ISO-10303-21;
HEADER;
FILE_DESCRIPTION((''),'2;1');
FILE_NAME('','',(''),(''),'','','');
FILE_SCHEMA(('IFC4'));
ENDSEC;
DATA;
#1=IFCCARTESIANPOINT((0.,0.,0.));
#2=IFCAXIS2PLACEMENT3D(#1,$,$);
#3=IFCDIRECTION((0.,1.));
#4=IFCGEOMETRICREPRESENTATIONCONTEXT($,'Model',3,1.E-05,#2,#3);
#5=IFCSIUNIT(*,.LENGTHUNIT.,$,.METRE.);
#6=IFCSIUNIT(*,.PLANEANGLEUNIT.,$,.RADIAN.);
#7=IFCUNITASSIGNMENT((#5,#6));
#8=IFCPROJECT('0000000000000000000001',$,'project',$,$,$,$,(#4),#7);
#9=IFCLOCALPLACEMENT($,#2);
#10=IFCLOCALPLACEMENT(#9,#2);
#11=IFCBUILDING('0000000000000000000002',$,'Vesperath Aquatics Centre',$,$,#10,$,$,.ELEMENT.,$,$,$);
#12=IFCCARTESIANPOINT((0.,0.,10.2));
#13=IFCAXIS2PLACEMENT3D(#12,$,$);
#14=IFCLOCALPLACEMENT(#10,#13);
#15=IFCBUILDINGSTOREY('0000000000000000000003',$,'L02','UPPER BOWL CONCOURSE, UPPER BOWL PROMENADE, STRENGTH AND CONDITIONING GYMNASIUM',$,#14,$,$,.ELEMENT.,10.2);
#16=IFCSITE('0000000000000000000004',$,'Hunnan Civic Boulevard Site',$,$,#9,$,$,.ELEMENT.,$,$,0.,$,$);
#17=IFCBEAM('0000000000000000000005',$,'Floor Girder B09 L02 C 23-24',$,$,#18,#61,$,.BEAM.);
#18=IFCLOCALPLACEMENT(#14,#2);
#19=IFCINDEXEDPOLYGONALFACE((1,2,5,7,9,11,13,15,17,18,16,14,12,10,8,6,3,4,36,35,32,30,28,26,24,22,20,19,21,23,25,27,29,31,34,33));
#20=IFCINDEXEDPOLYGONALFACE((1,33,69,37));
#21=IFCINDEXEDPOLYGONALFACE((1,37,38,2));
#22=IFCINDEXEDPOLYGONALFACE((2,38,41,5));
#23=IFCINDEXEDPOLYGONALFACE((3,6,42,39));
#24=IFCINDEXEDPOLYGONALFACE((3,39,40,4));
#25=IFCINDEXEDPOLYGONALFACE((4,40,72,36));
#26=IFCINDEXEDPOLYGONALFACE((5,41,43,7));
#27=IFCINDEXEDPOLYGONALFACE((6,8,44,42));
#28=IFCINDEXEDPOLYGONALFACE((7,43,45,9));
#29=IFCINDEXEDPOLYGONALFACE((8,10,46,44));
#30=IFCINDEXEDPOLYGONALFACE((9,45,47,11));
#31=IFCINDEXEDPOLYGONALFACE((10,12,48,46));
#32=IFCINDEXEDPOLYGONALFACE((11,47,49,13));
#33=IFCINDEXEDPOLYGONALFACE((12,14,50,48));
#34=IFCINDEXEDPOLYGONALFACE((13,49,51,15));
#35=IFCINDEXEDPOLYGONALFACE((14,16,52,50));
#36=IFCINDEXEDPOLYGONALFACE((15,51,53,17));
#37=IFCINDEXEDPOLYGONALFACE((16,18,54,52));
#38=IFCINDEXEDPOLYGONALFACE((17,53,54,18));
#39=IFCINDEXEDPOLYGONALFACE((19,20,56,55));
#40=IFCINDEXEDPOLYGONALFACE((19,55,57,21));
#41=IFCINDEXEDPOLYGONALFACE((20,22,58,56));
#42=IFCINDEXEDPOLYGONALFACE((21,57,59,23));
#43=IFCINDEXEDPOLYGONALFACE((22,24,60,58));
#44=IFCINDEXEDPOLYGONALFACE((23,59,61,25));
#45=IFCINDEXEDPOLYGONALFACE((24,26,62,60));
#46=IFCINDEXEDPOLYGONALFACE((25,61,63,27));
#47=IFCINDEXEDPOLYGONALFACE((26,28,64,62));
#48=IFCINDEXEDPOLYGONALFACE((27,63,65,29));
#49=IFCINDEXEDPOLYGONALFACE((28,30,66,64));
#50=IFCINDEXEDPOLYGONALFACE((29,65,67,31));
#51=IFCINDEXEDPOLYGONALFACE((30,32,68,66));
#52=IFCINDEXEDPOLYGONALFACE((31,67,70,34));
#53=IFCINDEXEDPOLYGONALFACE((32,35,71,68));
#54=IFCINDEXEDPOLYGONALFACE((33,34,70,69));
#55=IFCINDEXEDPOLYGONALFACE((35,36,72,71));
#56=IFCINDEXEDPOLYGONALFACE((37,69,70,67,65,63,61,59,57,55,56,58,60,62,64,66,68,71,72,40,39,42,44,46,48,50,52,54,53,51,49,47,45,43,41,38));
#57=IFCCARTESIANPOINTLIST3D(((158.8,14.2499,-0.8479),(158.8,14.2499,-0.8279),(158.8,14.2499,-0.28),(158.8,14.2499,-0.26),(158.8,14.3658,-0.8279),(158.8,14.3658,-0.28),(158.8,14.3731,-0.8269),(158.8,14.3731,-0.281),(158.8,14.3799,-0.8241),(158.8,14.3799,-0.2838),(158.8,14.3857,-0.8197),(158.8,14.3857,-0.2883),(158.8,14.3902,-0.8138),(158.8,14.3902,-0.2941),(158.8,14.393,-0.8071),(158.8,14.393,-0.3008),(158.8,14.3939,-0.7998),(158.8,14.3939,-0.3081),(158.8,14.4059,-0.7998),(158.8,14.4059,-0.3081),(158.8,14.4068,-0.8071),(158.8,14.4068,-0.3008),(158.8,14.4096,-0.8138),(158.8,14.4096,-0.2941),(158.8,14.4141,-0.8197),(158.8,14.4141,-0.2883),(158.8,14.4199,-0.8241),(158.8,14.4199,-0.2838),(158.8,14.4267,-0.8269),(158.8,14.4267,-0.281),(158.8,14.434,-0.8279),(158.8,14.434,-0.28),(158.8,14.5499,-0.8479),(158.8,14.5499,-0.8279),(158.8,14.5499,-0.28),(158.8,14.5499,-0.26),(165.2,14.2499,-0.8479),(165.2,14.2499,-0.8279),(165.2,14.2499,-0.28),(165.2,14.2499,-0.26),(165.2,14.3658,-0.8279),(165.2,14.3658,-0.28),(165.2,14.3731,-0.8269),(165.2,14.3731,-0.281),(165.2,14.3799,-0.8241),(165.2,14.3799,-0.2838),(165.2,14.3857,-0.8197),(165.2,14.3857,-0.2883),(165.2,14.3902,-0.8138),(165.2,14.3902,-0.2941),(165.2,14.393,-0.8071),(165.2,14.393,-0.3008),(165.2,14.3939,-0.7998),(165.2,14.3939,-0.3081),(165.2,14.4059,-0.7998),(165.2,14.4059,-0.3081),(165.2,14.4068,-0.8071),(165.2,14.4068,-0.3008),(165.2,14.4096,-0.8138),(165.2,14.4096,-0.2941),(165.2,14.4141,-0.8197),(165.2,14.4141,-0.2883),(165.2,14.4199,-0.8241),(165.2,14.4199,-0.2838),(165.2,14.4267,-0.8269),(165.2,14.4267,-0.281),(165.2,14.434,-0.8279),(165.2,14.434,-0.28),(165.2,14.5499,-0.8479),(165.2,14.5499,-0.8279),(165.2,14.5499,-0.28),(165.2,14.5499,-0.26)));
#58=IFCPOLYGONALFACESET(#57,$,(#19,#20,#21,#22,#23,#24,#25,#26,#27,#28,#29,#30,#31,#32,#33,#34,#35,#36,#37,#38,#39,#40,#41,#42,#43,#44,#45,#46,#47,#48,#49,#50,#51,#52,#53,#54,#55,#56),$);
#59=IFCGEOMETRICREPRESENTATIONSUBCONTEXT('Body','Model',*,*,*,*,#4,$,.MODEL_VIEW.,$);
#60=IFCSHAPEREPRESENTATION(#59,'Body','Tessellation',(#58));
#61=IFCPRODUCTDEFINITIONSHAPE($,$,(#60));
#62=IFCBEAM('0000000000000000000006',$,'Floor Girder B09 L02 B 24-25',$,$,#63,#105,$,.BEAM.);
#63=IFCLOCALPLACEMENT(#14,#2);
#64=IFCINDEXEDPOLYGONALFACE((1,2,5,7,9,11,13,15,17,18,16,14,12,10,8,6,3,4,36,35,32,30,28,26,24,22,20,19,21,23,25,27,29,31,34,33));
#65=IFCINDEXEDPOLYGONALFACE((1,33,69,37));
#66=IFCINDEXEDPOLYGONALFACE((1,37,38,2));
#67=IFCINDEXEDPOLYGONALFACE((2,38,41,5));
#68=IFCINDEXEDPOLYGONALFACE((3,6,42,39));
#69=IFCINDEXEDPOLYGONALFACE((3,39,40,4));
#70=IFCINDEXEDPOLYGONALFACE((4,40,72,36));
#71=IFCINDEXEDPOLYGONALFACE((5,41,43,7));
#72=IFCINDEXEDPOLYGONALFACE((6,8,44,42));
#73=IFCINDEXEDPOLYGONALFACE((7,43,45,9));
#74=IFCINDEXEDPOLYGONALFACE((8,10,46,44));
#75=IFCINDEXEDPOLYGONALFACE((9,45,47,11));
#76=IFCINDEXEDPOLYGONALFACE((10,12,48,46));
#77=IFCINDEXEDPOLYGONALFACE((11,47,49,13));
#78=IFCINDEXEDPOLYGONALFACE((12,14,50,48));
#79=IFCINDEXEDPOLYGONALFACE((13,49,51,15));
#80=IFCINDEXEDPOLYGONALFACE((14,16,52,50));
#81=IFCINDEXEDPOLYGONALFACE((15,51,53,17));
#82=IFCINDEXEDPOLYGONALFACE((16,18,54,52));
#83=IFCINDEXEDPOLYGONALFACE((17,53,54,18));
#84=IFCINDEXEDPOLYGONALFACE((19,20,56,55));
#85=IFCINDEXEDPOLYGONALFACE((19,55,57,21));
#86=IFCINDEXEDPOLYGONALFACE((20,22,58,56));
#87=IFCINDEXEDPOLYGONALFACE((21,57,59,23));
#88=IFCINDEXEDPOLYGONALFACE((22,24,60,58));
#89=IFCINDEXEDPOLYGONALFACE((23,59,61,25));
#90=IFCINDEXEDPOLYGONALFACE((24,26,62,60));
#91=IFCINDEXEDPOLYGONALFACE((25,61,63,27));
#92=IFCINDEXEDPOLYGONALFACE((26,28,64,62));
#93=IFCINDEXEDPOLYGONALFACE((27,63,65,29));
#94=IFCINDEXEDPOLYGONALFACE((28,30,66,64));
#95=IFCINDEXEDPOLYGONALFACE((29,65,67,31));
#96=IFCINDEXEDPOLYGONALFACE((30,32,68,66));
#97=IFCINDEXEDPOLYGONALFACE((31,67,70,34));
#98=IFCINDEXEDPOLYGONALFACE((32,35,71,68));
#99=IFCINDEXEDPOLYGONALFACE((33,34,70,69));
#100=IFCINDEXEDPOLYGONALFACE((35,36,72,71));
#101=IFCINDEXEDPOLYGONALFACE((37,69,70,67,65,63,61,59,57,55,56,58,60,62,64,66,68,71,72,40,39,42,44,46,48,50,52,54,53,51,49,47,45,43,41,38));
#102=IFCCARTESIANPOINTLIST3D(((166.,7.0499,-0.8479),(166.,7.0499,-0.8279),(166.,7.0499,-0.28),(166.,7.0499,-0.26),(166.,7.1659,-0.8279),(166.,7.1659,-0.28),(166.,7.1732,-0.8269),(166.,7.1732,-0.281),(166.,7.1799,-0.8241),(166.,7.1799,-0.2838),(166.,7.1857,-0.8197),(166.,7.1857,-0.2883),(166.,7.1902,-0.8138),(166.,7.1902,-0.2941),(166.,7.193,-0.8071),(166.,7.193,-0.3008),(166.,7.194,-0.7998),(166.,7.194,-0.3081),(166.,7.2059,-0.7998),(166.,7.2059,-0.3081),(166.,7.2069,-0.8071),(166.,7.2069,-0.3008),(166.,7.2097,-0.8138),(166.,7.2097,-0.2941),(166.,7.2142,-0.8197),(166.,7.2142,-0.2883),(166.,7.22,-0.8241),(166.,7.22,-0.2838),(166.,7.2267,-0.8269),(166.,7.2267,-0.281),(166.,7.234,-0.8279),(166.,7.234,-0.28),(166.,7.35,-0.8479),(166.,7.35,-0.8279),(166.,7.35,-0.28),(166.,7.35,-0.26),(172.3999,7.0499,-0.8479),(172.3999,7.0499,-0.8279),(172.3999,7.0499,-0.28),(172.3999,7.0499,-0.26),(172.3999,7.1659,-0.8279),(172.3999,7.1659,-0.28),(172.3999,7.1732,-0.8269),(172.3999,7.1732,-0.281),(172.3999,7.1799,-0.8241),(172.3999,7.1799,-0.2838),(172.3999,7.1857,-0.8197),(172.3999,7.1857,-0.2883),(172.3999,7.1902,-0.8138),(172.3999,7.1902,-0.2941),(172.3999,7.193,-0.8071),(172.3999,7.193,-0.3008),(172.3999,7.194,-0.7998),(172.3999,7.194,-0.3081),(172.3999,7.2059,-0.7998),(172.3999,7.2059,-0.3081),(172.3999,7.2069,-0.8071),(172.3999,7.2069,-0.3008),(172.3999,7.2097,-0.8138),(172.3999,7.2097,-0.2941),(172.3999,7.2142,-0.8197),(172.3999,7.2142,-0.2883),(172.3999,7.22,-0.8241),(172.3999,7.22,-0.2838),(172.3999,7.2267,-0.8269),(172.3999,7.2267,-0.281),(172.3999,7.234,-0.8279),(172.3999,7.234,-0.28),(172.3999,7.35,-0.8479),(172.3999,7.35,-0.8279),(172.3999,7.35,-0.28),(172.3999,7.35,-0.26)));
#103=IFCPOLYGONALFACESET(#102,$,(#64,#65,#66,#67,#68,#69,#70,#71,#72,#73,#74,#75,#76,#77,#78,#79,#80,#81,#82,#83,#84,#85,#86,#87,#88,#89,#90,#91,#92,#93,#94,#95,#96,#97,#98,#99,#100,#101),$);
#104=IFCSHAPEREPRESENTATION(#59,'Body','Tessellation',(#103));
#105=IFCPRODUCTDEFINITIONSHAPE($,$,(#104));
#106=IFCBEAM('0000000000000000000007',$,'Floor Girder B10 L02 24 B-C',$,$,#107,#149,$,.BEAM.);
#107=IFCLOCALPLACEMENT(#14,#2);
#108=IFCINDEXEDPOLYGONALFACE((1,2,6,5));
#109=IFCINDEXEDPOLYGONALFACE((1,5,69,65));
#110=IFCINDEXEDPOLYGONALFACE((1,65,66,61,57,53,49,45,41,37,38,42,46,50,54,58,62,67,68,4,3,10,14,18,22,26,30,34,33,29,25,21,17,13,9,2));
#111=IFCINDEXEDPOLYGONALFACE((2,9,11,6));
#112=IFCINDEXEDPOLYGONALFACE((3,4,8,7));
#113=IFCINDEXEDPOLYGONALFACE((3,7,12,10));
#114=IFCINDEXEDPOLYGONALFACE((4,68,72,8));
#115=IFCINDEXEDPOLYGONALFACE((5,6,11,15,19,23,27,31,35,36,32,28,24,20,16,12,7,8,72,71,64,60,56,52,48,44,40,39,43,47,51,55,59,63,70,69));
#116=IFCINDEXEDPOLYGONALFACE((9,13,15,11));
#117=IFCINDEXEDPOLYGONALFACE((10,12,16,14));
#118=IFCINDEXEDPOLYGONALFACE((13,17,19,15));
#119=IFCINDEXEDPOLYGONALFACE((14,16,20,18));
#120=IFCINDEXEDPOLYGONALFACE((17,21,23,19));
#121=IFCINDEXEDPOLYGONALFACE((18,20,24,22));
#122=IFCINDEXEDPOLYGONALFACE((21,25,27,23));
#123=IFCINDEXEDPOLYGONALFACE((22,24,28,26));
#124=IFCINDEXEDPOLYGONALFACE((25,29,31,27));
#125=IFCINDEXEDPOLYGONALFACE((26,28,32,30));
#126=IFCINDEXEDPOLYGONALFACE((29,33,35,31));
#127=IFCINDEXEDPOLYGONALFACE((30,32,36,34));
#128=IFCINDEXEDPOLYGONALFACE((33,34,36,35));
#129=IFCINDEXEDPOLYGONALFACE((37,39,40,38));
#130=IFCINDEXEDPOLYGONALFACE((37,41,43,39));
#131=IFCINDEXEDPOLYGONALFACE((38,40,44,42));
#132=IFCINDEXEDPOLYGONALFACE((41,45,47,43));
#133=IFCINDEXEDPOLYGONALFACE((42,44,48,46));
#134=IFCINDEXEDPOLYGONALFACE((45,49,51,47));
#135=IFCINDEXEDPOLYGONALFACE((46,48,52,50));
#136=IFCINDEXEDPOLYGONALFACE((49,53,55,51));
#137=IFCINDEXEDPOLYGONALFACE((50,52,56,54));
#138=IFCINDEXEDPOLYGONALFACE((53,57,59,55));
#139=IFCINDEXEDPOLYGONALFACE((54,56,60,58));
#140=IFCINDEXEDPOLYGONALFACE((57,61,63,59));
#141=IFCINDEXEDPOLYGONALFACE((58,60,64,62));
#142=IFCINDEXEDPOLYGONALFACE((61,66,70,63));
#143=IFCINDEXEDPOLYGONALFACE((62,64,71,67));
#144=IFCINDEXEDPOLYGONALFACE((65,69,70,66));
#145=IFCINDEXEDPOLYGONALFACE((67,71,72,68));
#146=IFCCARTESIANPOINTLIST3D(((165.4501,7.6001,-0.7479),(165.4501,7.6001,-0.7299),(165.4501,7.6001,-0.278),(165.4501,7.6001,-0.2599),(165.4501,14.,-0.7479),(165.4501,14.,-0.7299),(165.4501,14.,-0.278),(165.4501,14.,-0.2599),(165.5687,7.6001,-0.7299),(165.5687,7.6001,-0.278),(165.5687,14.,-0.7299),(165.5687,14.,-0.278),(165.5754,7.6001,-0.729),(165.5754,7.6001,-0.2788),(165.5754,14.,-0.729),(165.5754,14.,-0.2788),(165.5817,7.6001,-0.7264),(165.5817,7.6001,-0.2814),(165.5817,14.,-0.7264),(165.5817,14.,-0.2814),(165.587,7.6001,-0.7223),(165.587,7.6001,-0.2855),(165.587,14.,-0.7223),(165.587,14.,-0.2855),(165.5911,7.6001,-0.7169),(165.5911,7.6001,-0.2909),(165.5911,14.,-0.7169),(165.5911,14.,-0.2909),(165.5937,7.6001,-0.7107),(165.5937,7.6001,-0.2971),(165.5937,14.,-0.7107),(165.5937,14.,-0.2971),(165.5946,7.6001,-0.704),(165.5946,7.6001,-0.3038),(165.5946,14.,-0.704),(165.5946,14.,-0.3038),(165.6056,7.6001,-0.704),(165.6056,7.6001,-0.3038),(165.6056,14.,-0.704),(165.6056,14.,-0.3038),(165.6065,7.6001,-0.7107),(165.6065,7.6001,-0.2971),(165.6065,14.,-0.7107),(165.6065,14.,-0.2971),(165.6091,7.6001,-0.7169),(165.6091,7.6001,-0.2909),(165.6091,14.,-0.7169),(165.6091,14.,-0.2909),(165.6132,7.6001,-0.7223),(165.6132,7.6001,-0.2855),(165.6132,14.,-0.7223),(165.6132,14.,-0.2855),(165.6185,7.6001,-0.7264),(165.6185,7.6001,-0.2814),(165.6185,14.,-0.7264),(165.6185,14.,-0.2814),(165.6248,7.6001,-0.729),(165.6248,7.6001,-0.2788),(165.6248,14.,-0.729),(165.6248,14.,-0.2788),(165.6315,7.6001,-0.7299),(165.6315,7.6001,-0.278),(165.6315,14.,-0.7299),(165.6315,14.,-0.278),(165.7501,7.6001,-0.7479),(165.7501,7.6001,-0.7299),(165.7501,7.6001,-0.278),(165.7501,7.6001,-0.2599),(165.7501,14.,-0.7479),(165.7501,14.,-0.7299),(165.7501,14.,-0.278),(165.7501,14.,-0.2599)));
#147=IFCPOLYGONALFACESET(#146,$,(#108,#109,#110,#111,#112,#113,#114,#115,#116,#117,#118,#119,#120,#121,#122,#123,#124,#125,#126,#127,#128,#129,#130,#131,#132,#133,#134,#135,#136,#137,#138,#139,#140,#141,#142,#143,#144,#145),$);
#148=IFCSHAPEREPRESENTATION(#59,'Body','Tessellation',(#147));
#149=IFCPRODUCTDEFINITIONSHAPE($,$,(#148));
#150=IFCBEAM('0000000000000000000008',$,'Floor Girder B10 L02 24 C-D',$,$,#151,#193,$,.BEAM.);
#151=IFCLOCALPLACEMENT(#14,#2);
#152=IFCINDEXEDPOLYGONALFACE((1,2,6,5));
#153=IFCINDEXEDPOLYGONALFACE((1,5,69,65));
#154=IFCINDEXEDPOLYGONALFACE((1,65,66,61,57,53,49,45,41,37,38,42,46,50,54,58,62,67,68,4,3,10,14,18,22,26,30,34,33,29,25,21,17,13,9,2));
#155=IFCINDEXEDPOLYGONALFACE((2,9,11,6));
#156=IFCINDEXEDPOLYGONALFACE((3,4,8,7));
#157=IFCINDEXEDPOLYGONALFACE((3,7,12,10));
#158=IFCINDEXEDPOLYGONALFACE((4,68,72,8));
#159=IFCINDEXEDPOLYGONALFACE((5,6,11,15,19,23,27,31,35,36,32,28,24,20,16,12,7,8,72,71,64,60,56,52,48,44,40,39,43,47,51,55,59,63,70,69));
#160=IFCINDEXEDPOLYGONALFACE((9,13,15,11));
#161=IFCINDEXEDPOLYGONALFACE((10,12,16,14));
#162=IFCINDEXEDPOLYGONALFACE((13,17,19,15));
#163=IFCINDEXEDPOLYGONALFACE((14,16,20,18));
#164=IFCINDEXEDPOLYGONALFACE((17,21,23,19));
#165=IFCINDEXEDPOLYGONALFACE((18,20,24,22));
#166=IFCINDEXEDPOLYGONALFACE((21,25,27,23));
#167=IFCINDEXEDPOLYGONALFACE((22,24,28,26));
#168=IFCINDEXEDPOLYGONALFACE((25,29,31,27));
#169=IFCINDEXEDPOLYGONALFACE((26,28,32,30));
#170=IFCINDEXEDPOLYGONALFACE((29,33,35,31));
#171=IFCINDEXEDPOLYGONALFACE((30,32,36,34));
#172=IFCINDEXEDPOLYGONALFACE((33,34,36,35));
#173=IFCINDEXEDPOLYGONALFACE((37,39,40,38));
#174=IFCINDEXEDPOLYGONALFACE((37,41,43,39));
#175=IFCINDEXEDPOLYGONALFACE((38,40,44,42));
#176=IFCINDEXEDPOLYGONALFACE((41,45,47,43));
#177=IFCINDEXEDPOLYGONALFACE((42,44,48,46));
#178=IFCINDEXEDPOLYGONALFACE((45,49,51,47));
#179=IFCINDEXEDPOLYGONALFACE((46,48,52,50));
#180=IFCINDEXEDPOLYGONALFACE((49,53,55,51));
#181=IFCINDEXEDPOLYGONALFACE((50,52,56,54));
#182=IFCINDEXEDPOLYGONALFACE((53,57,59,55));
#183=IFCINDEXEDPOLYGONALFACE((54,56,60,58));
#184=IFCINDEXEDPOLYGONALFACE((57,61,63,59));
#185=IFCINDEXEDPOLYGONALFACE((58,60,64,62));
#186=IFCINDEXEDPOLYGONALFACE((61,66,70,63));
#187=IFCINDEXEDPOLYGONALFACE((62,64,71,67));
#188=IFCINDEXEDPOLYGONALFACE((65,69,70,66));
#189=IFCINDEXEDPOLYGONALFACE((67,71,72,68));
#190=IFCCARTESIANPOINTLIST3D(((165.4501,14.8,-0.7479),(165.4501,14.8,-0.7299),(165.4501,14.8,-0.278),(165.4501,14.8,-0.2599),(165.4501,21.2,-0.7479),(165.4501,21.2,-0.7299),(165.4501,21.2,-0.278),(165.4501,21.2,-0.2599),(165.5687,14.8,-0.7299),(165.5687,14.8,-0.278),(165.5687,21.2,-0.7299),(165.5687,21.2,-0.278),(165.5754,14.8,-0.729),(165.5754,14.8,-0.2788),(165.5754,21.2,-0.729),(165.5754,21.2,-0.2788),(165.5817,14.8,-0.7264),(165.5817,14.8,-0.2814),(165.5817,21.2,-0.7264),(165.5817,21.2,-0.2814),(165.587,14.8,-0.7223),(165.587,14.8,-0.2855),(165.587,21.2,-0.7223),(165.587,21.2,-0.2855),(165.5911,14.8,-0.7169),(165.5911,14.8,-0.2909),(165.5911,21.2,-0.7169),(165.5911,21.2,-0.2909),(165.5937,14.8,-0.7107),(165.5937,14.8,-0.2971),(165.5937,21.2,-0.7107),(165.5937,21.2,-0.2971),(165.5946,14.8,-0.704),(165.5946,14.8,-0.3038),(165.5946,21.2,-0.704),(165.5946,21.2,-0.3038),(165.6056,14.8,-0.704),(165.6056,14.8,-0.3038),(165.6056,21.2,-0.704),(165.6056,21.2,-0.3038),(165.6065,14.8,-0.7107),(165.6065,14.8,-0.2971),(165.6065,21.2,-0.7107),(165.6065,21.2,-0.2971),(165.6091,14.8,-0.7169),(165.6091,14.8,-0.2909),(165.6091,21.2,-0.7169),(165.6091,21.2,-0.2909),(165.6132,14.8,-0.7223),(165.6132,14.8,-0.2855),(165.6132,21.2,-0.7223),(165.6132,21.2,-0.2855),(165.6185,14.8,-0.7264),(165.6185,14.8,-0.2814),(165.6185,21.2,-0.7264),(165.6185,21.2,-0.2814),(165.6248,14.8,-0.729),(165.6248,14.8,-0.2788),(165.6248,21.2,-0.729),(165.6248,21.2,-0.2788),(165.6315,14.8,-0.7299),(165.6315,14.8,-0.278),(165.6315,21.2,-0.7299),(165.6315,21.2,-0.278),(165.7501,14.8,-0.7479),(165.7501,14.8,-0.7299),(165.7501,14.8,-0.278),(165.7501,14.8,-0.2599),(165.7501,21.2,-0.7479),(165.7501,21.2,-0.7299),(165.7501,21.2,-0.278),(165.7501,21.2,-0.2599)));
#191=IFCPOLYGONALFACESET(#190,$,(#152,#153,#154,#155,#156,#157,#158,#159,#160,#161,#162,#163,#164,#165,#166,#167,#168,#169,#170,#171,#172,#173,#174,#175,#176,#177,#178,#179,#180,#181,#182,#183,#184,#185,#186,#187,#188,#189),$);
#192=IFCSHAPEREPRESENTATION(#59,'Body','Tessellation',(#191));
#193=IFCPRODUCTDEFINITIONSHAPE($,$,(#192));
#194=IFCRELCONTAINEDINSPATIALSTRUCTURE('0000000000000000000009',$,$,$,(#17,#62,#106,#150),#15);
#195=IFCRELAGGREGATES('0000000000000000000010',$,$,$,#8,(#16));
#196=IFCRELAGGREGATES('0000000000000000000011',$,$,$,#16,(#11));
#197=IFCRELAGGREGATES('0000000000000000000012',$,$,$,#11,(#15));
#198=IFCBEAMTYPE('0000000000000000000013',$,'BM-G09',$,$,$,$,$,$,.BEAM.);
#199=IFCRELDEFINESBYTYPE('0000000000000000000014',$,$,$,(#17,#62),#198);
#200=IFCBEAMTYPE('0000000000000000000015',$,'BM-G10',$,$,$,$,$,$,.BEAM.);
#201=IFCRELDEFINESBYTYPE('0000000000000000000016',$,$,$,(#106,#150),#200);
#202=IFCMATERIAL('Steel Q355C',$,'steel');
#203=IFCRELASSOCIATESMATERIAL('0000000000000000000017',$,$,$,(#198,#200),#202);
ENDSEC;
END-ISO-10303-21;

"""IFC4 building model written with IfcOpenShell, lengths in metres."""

from ifc_helpers import new_model, si_unit, direction, frame, origin, origin_2d, place, context, subcontext, project, spatial, i_section, extrude, material, material_profile, profile_set, type_object, element, save


model = new_model("IFC4")

# Units and contexts
model_context = context("Model", 3, precision=1e-05, world=origin(), true_north=direction((0.0, 1.0)))
body_context = subcontext(model_context, "Body", "Model", "MODEL_VIEW")
ifc_project = project(units=[si_unit("LENGTHUNIT", "METRE"), si_unit("PLANEANGLEUNIT", "RADIAN")], contexts=[model_context])

# Site, building, storey
site_placement = place(None, origin())
site = spatial("IfcSite", under=ifc_project, at=site_placement, Name="Hunnan Civic Boulevard Site", CompositionType="ELEMENT", RefElevation=0.0)
building_placement = place(site_placement, origin())
building = spatial("IfcBuilding", under=site, at=building_placement, Name="Vesperath Aquatics Centre", CompositionType="ELEMENT")
storey_placement = place(building_placement, frame((0.0, 0.0, 10.2)))
storey = spatial("IfcBuildingStorey", under=building, at=storey_placement, Name="L02", Description="UPPER BOWL CONCOURSE, UPPER BOWL PROMENADE, STRENGTH AND CONDITIONING GYMNASIUM", CompositionType="ELEMENT", Elevation=10.2)

# Beams
ifc_material_1 = material(Name="Steel Q355C", Category="steel")
ifc_material_profile_1 = material_profile(ifc_material_1, i_section(OverallWidth=0.3, OverallDepth=0.5879, WebThickness=0.012, FlangeThickness=0.02, FilletRadius=0.0281, at=origin_2d()), Name="HM 588x300x12x20")
ifc_profile_set_1 = profile_set([ifc_material_profile_1], Name="Steel Q355C")
beam_type_1 = type_object("IfcBeamType", Name="BM-G09", PredefinedType="BEAM", material=ifc_profile_set_1)
for number, where, z_axis, x_axis, name in (
    (1, (158.8, 14.3999, -0.554), (1.0, 0.0, 0.0), (0.0, 1.0, 0.0), "Floor Girder B09 L02 C 23-24"),
    (2, (166.0, 7.2, -0.554), (1.0, 0.0, 0.0), (0.0, 1.0, 0.0), "Floor Girder B09 L02 B 24-25"),
):
    element("IfcBeam", number, at=place(storey_placement, frame(where, z_axis=z_axis, x_axis=x_axis)), inside=storey, type_object=beam_type_1, Name=name, PredefinedType="BEAM", context=body_context, shape_type="SweptSolid", body=[
        extrude(i_section(OverallWidth=0.3, OverallDepth=0.5879, WebThickness=0.012, FlangeThickness=0.02, FilletRadius=0.0281, at=origin_2d()), origin(), (0.0, 0.0, 1.0), 6.3999),
    ])
ifc_material_profile_2 = material_profile(ifc_material_1, i_section(OverallWidth=0.3, OverallDepth=0.488, WebThickness=0.011, FlangeThickness=0.0181, FilletRadius=0.0259, at=origin_2d()), Name="HM 488x300x11x18")
ifc_profile_set_2 = profile_set([ifc_material_profile_2], Name="Steel Q355C")
beam_type_2 = type_object("IfcBeamType", Name="BM-G10", PredefinedType="BEAM", material=ifc_profile_set_2)
for number, where, z_axis, x_axis, name in (
    (3, (165.6001, 7.6001, -0.5039), (0.0, 1.0, 0.0), (-1.0, 0.0, 0.0), "Floor Girder B10 L02 24 B-C"),
    (4, (165.6001, 14.8, -0.5039), (0.0, 1.0, 0.0), (-1.0, 0.0, 0.0), "Floor Girder B10 L02 24 C-D"),
):
    element("IfcBeam", number, at=place(storey_placement, frame(where, z_axis=z_axis, x_axis=x_axis)), inside=storey, type_object=beam_type_2, Name=name, PredefinedType="BEAM", context=body_context, shape_type="SweptSolid", body=[
        extrude(i_section(OverallWidth=0.3, OverallDepth=0.488, WebThickness=0.011, FlangeThickness=0.0181, FilletRadius=0.0259, at=origin_2d()), origin(), (0.0, 0.0, 1.0), 6.3999),
    ])

save(model, "model.ifc")
